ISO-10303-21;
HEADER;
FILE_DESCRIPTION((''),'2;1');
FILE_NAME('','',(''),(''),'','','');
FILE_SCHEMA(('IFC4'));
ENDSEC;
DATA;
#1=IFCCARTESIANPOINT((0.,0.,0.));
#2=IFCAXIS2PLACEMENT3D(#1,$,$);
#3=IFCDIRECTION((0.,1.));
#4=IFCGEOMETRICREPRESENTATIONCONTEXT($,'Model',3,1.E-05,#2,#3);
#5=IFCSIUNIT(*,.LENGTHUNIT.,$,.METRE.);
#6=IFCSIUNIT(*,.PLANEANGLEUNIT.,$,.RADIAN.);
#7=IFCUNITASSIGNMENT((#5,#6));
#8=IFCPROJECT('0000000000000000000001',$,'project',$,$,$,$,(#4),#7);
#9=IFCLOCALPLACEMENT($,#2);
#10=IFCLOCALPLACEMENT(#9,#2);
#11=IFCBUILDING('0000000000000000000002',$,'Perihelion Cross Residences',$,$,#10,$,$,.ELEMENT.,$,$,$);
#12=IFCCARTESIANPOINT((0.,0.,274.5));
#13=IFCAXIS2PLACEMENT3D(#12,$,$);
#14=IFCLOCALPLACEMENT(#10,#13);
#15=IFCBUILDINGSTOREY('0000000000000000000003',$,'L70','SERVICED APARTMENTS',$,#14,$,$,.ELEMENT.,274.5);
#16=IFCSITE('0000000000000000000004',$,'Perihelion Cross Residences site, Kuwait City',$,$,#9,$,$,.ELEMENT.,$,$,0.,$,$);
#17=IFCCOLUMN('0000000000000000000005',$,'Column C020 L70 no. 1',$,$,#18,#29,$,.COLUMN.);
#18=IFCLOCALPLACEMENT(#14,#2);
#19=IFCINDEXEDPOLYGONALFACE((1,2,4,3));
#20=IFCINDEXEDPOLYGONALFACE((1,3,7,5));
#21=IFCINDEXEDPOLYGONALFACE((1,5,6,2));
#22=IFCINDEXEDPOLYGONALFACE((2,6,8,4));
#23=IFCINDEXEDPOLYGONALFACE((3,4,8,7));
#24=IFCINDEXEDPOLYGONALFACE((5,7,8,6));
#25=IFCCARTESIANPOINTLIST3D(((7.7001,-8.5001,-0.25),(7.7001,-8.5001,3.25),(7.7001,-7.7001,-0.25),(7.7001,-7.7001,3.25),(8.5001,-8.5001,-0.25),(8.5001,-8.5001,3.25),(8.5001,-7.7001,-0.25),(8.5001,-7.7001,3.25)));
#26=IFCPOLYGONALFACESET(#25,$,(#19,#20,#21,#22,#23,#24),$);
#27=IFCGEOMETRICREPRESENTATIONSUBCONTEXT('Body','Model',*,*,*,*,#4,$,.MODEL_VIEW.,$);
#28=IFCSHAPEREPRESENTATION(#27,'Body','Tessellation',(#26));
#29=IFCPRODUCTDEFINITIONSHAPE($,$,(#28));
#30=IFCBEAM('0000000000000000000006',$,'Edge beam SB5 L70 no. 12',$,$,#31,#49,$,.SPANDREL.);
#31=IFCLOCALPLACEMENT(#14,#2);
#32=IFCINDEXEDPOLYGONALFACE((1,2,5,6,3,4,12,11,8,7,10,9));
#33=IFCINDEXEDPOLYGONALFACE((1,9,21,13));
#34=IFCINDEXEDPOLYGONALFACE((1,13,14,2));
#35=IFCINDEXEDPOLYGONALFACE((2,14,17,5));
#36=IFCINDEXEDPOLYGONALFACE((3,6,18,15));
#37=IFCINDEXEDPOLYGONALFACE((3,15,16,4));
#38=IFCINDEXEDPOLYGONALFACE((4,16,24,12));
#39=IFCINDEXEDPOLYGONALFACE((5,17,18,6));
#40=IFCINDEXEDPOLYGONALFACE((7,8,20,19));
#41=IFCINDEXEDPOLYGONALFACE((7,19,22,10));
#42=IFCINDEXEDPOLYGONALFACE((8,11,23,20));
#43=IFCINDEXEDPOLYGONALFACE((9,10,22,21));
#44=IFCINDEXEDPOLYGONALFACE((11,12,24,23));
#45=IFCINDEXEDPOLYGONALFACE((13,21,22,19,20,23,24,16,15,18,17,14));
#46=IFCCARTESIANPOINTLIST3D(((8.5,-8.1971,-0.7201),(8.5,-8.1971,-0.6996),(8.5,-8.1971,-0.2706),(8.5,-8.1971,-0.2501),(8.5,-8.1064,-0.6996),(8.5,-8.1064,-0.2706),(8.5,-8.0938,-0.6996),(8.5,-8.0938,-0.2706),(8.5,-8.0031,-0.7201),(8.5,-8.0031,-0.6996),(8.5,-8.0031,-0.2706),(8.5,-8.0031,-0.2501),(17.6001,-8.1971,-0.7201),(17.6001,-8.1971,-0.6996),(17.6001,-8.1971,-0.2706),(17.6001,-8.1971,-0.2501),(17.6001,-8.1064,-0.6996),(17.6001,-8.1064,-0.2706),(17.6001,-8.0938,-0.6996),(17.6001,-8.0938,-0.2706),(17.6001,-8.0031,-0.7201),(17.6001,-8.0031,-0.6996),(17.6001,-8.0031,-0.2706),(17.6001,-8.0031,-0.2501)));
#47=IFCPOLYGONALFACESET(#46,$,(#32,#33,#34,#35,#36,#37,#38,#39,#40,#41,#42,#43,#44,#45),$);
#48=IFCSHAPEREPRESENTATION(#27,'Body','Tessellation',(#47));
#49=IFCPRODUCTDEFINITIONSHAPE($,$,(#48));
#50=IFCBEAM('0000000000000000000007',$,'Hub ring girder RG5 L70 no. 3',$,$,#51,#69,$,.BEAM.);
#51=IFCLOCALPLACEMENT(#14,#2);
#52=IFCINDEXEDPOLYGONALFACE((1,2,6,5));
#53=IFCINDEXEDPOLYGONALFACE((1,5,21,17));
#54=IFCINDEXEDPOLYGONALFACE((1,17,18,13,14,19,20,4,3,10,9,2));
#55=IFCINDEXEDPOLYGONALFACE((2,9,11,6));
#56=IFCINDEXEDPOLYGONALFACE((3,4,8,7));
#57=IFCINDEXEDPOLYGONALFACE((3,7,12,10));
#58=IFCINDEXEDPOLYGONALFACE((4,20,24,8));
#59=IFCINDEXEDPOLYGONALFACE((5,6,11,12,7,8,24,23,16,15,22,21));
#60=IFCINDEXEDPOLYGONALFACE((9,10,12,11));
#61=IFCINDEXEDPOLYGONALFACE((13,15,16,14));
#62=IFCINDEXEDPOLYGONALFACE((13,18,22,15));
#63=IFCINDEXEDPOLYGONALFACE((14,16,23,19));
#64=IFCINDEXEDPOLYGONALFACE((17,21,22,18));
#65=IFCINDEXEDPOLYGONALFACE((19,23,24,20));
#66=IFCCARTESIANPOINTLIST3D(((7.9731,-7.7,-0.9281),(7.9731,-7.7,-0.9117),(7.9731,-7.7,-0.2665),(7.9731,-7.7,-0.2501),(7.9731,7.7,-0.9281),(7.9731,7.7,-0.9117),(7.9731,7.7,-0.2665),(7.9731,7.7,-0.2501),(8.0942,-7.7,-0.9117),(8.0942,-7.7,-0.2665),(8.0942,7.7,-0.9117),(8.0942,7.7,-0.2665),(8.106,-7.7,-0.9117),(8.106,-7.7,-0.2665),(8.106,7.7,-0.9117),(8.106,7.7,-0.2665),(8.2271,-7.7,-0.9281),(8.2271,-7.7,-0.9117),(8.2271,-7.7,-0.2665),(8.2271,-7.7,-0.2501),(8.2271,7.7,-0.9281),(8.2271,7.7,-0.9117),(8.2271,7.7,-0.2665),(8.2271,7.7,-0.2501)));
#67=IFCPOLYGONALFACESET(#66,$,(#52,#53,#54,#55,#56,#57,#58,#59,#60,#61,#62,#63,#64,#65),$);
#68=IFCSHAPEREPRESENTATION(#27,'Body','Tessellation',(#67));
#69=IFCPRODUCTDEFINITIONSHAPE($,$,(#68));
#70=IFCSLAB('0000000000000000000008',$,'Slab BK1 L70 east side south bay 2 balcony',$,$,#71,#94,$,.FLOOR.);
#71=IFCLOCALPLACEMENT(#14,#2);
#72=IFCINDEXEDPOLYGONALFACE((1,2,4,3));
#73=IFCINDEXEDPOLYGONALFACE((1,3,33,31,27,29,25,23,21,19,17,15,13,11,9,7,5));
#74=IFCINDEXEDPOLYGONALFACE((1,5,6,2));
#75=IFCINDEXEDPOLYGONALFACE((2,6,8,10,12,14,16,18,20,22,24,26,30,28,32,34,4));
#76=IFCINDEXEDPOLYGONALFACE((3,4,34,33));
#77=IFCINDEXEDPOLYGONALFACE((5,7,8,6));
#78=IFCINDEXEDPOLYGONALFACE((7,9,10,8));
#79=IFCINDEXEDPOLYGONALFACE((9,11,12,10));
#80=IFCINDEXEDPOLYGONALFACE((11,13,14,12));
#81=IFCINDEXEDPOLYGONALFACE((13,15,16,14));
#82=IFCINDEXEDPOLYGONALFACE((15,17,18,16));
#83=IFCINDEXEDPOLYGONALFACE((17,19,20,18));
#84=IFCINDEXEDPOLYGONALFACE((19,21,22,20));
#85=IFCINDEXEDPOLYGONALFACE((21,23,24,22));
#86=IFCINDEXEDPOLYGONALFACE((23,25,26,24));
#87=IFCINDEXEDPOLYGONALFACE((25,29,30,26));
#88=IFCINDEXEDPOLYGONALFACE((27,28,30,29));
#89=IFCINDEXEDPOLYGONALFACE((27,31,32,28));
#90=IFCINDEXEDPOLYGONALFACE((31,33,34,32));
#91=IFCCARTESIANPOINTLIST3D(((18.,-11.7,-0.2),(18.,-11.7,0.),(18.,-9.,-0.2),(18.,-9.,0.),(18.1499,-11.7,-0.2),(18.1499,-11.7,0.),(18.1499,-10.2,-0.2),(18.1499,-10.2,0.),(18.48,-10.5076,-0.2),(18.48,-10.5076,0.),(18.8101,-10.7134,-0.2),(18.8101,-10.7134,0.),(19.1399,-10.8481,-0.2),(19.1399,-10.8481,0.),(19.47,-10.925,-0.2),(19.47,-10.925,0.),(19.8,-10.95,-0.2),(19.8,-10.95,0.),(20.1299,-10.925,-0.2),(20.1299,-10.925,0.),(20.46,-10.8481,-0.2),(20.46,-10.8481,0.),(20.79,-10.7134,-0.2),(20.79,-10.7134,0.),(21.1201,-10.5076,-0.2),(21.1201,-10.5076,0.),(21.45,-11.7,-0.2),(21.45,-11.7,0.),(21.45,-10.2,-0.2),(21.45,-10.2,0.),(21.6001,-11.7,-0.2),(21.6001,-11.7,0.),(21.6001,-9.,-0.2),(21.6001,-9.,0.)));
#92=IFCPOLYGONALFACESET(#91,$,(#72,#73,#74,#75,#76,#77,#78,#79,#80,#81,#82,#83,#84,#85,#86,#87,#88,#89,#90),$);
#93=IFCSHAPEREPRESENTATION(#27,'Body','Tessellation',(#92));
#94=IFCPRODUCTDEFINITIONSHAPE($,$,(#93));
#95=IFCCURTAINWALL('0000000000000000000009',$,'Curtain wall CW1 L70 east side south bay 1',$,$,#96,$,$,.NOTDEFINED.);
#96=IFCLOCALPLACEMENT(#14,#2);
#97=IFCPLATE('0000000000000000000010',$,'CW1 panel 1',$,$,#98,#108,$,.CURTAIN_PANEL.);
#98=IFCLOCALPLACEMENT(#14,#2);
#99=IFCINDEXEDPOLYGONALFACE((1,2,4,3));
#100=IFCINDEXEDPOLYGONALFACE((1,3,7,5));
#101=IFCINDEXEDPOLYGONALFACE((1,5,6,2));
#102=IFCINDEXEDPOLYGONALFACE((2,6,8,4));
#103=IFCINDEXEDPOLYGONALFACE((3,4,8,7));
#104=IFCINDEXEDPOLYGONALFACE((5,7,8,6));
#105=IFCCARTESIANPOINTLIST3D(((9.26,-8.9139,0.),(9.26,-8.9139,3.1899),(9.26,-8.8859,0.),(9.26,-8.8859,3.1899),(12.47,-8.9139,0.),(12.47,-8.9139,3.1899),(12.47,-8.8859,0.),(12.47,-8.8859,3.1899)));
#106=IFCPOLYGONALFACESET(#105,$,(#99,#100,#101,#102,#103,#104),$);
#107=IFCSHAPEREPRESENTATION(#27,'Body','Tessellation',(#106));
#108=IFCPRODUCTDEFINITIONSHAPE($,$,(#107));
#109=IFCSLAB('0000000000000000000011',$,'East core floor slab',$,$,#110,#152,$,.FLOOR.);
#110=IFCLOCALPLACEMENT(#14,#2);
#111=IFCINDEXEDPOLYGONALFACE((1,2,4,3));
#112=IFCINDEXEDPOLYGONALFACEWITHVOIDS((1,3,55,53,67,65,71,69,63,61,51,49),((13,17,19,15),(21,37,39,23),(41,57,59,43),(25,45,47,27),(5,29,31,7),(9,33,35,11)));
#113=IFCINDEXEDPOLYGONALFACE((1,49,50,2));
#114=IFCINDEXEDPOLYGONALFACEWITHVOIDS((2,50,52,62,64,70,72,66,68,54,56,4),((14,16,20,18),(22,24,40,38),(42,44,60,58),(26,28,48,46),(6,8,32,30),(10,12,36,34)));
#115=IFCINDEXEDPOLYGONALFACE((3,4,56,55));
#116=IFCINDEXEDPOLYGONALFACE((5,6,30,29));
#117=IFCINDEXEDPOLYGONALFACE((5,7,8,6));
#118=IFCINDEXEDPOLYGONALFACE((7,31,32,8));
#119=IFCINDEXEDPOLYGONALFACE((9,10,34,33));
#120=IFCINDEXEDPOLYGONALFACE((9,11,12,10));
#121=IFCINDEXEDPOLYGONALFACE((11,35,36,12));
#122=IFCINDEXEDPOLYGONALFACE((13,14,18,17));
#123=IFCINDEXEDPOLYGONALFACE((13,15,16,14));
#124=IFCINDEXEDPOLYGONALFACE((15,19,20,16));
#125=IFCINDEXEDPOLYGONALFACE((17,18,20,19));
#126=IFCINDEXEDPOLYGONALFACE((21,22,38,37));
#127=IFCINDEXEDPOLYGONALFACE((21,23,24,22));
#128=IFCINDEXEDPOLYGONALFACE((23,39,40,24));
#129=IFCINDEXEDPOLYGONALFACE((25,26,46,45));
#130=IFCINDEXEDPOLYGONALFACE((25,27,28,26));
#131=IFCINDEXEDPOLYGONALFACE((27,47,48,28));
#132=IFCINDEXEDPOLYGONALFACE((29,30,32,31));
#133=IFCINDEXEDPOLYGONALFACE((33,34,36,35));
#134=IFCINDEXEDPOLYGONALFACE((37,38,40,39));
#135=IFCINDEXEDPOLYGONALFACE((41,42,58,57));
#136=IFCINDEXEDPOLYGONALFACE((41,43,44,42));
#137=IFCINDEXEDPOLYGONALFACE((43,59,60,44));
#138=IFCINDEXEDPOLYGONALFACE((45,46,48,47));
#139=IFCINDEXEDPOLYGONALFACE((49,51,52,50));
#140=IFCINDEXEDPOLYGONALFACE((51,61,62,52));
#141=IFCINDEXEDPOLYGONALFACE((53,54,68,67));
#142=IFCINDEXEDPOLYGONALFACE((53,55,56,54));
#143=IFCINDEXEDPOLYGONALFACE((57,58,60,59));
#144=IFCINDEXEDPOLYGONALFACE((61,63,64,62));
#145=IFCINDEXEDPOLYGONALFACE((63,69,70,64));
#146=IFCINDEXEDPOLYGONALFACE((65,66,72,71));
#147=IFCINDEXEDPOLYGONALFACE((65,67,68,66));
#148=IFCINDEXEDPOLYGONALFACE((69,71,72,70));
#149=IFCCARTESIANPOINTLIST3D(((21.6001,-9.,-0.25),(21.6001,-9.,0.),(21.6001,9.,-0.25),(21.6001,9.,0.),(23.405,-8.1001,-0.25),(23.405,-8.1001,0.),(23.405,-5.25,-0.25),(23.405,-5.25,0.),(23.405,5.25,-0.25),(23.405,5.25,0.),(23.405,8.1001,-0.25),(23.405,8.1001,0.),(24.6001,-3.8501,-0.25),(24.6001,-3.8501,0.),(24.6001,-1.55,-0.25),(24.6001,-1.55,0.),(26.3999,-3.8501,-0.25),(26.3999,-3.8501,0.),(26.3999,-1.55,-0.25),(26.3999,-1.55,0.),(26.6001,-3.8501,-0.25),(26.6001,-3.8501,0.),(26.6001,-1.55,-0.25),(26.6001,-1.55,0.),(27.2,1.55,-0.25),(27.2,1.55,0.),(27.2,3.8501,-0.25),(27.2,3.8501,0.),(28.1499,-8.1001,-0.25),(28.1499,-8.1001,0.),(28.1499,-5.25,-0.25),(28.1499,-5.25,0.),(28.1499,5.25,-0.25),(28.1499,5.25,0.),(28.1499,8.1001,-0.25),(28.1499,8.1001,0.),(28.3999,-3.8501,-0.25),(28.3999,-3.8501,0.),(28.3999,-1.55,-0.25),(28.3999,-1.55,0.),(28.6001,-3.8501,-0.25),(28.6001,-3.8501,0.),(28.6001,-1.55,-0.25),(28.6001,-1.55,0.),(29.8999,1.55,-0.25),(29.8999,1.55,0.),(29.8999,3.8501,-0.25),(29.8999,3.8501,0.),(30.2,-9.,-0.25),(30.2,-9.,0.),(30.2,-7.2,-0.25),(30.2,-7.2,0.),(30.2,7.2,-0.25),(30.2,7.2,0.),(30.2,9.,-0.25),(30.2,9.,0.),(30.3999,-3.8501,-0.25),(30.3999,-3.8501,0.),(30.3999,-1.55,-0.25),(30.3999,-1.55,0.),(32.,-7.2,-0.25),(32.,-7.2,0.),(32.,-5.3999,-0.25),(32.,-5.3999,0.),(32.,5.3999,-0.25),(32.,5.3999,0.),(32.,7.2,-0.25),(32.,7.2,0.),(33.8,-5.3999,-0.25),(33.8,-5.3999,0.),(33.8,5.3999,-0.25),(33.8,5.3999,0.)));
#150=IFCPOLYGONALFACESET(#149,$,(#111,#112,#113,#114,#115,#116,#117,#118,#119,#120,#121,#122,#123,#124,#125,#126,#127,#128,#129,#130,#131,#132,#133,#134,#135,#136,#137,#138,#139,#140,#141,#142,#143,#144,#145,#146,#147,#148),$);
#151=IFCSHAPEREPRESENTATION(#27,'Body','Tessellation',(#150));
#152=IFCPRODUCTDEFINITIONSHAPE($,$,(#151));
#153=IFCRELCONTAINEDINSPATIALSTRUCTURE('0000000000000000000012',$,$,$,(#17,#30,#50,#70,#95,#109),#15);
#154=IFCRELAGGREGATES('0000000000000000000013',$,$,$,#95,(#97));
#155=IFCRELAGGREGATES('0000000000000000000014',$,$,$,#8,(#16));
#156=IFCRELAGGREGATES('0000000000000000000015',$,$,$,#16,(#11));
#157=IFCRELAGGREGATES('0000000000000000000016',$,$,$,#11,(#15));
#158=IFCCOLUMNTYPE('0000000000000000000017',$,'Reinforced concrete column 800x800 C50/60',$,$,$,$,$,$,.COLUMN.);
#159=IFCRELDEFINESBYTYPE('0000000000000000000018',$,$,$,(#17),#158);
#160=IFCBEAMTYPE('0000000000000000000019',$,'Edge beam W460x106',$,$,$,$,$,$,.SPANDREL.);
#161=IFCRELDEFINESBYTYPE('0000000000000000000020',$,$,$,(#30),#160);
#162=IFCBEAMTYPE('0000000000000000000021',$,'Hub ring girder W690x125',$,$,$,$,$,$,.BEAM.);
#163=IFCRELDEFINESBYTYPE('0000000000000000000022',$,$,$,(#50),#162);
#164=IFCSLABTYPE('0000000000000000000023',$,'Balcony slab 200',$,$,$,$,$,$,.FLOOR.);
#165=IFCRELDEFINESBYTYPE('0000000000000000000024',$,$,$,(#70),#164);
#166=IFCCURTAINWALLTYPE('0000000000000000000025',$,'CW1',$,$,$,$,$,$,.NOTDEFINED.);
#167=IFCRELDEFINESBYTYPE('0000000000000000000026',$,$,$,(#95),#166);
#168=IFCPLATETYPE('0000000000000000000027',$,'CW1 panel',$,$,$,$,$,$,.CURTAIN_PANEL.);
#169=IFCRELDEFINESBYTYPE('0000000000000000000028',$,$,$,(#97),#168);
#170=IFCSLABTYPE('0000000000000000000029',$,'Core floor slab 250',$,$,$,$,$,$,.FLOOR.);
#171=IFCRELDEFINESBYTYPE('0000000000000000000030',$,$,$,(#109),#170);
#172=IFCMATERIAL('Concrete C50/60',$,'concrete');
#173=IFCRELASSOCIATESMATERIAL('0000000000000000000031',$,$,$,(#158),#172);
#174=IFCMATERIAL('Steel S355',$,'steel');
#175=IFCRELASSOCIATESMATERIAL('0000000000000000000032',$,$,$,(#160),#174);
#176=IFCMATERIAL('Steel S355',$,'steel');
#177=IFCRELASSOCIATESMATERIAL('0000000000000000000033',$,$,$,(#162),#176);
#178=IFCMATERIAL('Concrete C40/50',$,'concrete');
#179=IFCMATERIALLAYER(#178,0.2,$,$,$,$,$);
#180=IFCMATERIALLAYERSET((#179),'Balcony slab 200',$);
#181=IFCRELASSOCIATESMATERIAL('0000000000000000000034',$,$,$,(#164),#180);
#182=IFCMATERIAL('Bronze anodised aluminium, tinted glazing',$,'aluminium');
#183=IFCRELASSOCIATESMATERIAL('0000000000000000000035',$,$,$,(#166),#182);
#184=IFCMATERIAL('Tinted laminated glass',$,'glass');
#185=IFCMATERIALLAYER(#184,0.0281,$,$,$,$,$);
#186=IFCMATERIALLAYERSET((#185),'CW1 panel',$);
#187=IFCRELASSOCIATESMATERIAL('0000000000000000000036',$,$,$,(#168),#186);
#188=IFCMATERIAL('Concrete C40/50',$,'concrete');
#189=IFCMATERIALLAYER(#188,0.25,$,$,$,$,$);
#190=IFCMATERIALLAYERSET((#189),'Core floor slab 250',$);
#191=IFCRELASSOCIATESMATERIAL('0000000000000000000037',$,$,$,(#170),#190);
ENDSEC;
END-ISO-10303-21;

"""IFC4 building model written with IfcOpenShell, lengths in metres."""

from ifc_helpers import new_model, si_unit, direction, frame, origin, origin_2d, place, context, subcontext, project, spatial, polyline, rectangle, i_section, outline, extrude, material, layer, layer_set, material_profile, profile_set, type_object, element, aggregate, save


model = new_model("IFC4")

# Units and contexts
model_context = context("Model", 3, precision=1e-05, world=origin(), true_north=direction((0.0, 1.0)))
body_context = subcontext(model_context, "Body", "Model", "MODEL_VIEW")
ifc_project = project(units=[si_unit("LENGTHUNIT", "METRE"), si_unit("PLANEANGLEUNIT", "RADIAN")], contexts=[model_context])

# Site, building, storey
site_placement = place(None, origin())
site = spatial("IfcSite", under=ifc_project, at=site_placement, Name="Perihelion Cross Residences site, Kuwait City", CompositionType="ELEMENT", RefElevation=0.0)
building_placement = place(site_placement, origin())
building = spatial("IfcBuilding", under=site, at=building_placement, Name="Perihelion Cross Residences", CompositionType="ELEMENT")
storey_placement = place(building_placement, frame((0.0, 0.0, 274.5)))
storey = spatial("IfcBuildingStorey", under=building, at=storey_placement, Name="L70", Description="SERVICED APARTMENTS", CompositionType="ELEMENT", Elevation=274.5)

# Column
ifc_material_1 = material(Name="Concrete C50/60", Category="concrete")
ifc_material_profile_1 = material_profile(ifc_material_1, rectangle(XDim=0.8, YDim=0.8, at=origin_2d()), Name="RC 800x800")
ifc_profile_set_1 = profile_set([ifc_material_profile_1], Name="Concrete C50/60")
column_type = type_object("IfcColumnType", Name="Reinforced concrete column 800x800 C50/60", PredefinedType="COLUMN", material=ifc_profile_set_1)
column_placement = place(storey_placement, frame((8.1001, -8.1001, -0.25), z_axis=(0.0, 0.0, 1.0), x_axis=(1.0, 0.0, 0.0)))
element("IfcColumn", 1, at=column_placement, inside=storey, type_object=column_type, Name="Column C020 L70 no. 1", PredefinedType="COLUMN", context=body_context, shape_type="SweptSolid", body=[
    extrude(rectangle(XDim=0.8, YDim=0.8, at=origin_2d()), origin(), (0.0, 0.0, 1.0), 3.5),
])

# Beams
ifc_material_2 = material(Name="Steel S355", Category="steel")
ifc_material_profile_2 = material_profile(ifc_material_2, i_section(OverallWidth=0.1941, OverallDepth=0.47, WebThickness=0.0127, FlangeThickness=0.0205, at=origin_2d()), Name="W460x106")
ifc_profile_set_2 = profile_set([ifc_material_profile_2], Name="Steel S355")
beam_type_1 = type_object("IfcBeamType", Name="Edge beam W460x106", PredefinedType="SPANDREL", material=ifc_profile_set_2)
beam_1_placement = place(storey_placement, frame((8.5, -8.1001, -0.4851), z_axis=(1.0, 0.0, 0.0), x_axis=(0.0, 1.0, 0.0)))
element("IfcBeam", 2, at=beam_1_placement, inside=storey, type_object=beam_type_1, Name="Edge beam SB5 L70 no. 12", PredefinedType="SPANDREL", context=body_context, shape_type="SweptSolid", body=[
    extrude(i_section(OverallWidth=0.1941, OverallDepth=0.47, WebThickness=0.0127, FlangeThickness=0.0205, at=origin_2d()), origin(), (0.0, 0.0, 1.0), 9.1001),
])
ifc_material_3 = material(Name="Steel S355", Category="steel")
ifc_material_profile_3 = material_profile(ifc_material_3, i_section(OverallWidth=0.2539, OverallDepth=0.678, WebThickness=0.0117, FlangeThickness=0.0164, at=origin_2d()), Name="W690x125")
ifc_profile_set_3 = profile_set([ifc_material_profile_3], Name="Steel S355")
beam_type_2 = type_object("IfcBeamType", Name="Hub ring girder W690x125", PredefinedType="BEAM", material=ifc_profile_set_3)
beam_2_placement = place(storey_placement, frame((8.1001, -7.7, -0.5891), z_axis=(0.0, 1.0, 0.0), x_axis=(-1.0, 0.0, 0.0)))
element("IfcBeam", 3, at=beam_2_placement, inside=storey, type_object=beam_type_2, Name="Hub ring girder RG5 L70 no. 3", PredefinedType="BEAM", context=body_context, shape_type="SweptSolid", body=[
    extrude(i_section(OverallWidth=0.2539, OverallDepth=0.678, WebThickness=0.0117, FlangeThickness=0.0164, at=origin_2d()), origin(), (0.0, 0.0, 1.0), 15.3999),
])

# Slab
ifc_material_4 = material(Name="Concrete C40/50", Category="concrete")
ifc_layer_1 = layer(ifc_material_4, 0.2)
ifc_layer_set_1 = layer_set([ifc_layer_1], Name="Balcony slab 200")
slab_type_1 = type_object("IfcSlabType", Name="Balcony slab 200", PredefinedType="FLOOR", material=ifc_layer_set_1)
slab_1_placement = place(storey_placement, frame((0.0, 0.0, -0.2)))
element("IfcSlab", 4, at=slab_1_placement, inside=storey, type_object=slab_type_1, Name="Slab BK1 L70 east side south bay 2 balcony", PredefinedType="FLOOR", context=body_context, shape_type="SweptSolid", body=[
    extrude(outline(polyline([(18.0, -9.0), (21.6001, -9.0), (21.6001, -11.7), (21.45, -11.7), (21.45, -10.2), (21.1201, -10.5076), (20.79, -10.7134), (20.46, -10.8481), (20.1299, -10.925), (19.8, -10.95), (19.47, -10.925), (19.1399, -10.8481), (18.8101, -10.7134), (18.48, -10.5076), (18.1499, -10.2), (18.1499, -11.7), (18.0, -11.7), (18.0, -9.0)])), origin(), (0.0, 0.0, 1.0), 0.2),
])

# Curtain wall, plate
ifc_material_5 = material(Name="Bronze anodised aluminium, tinted glazing", Category="aluminium")
curtain_wall_type = type_object("IfcCurtainWallType", Name="CW1", PredefinedType="NOTDEFINED", material=ifc_material_5)
curtain_wall_placement = place(storey_placement, origin())
curtain_wall = element("IfcCurtainWall", 5, at=curtain_wall_placement, inside=storey, type_object=curtain_wall_type, Name="Curtain wall CW1 L70 east side south bay 1", PredefinedType="NOTDEFINED")
ifc_material_6 = material(Name="Tinted laminated glass", Category="glass")
ifc_layer_2 = layer(ifc_material_6, 0.0281)
ifc_layer_set_2 = layer_set([ifc_layer_2], Name="CW1 panel")
plate_type = type_object("IfcPlateType", Name="CW1 panel", PredefinedType="CURTAIN_PANEL", material=ifc_layer_set_2)
plate_placement = place(storey_placement, frame((10.865, -8.8999, 0.0), z_axis=(0.0, 0.0, 1.0), x_axis=(1.0, 0.0, 0.0)))
plate = element("IfcPlate", 6, at=plate_placement, type_object=plate_type, Name="CW1 panel 1", PredefinedType="CURTAIN_PANEL", context=body_context, shape_type="SweptSolid", body=[
    extrude(rectangle(XDim=3.21, YDim=0.0281, at=origin_2d()), origin(), (0.0, 0.0, 1.0), 3.1899),
])
aggregate(curtain_wall, [plate])

# Slab
ifc_material_7 = material(Name="Concrete C40/50", Category="concrete")
ifc_layer_3 = layer(ifc_material_7, 0.25)
ifc_layer_set_3 = layer_set([ifc_layer_3], Name="Core floor slab 250")
slab_type_2 = type_object("IfcSlabType", Name="Core floor slab 250", PredefinedType="FLOOR", material=ifc_layer_set_3)
slab_2_placement = place(storey_placement, frame((0.0, 0.0, -0.25)))
element("IfcSlab", 7, at=slab_2_placement, inside=storey, type_object=slab_type_2, Name="East core floor slab", PredefinedType="FLOOR", context=body_context, shape_type="SweptSolid", body=[
    extrude(outline(polyline([(30.2, 7.2), (32.0, 7.2), (32.0, 5.3999), (33.8, 5.3999), (33.8, -5.3999), (32.0, -5.3999), (32.0, -7.2), (30.2, -7.2), (30.2, -9.0), (21.6001, -9.0), (21.6001, 9.0), (30.2, 9.0), (30.2, 7.2)]), holes=[polyline([(28.1499, -8.1001), (28.1499, -5.25), (23.405, -5.25), (23.405, -8.1001), (28.1499, -8.1001)]), polyline([(24.6001, -1.55), (24.6001, -3.8501), (26.3999, -3.8501), (26.3999, -1.55), (24.6001, -1.55)]), polyline([(26.6001, -1.55), (26.6001, -3.8501), (28.3999, -3.8501), (28.3999, -1.55), (26.6001, -1.55)]), polyline([(28.6001, -3.8501), (30.3999, -3.8501), (30.3999, -1.55), (28.6001, -1.55), (28.6001, -3.8501)]), polyline([(27.2, 3.8501), (27.2, 1.55), (29.8999, 1.55), (29.8999, 3.8501), (27.2, 3.8501)]), polyline([(23.405, 5.25), (28.1499, 5.25), (28.1499, 8.1001), (23.405, 8.1001), (23.405, 5.25)])]), origin(), (0.0, 0.0, 1.0), 0.25),
])

save(model, "model.ifc")
